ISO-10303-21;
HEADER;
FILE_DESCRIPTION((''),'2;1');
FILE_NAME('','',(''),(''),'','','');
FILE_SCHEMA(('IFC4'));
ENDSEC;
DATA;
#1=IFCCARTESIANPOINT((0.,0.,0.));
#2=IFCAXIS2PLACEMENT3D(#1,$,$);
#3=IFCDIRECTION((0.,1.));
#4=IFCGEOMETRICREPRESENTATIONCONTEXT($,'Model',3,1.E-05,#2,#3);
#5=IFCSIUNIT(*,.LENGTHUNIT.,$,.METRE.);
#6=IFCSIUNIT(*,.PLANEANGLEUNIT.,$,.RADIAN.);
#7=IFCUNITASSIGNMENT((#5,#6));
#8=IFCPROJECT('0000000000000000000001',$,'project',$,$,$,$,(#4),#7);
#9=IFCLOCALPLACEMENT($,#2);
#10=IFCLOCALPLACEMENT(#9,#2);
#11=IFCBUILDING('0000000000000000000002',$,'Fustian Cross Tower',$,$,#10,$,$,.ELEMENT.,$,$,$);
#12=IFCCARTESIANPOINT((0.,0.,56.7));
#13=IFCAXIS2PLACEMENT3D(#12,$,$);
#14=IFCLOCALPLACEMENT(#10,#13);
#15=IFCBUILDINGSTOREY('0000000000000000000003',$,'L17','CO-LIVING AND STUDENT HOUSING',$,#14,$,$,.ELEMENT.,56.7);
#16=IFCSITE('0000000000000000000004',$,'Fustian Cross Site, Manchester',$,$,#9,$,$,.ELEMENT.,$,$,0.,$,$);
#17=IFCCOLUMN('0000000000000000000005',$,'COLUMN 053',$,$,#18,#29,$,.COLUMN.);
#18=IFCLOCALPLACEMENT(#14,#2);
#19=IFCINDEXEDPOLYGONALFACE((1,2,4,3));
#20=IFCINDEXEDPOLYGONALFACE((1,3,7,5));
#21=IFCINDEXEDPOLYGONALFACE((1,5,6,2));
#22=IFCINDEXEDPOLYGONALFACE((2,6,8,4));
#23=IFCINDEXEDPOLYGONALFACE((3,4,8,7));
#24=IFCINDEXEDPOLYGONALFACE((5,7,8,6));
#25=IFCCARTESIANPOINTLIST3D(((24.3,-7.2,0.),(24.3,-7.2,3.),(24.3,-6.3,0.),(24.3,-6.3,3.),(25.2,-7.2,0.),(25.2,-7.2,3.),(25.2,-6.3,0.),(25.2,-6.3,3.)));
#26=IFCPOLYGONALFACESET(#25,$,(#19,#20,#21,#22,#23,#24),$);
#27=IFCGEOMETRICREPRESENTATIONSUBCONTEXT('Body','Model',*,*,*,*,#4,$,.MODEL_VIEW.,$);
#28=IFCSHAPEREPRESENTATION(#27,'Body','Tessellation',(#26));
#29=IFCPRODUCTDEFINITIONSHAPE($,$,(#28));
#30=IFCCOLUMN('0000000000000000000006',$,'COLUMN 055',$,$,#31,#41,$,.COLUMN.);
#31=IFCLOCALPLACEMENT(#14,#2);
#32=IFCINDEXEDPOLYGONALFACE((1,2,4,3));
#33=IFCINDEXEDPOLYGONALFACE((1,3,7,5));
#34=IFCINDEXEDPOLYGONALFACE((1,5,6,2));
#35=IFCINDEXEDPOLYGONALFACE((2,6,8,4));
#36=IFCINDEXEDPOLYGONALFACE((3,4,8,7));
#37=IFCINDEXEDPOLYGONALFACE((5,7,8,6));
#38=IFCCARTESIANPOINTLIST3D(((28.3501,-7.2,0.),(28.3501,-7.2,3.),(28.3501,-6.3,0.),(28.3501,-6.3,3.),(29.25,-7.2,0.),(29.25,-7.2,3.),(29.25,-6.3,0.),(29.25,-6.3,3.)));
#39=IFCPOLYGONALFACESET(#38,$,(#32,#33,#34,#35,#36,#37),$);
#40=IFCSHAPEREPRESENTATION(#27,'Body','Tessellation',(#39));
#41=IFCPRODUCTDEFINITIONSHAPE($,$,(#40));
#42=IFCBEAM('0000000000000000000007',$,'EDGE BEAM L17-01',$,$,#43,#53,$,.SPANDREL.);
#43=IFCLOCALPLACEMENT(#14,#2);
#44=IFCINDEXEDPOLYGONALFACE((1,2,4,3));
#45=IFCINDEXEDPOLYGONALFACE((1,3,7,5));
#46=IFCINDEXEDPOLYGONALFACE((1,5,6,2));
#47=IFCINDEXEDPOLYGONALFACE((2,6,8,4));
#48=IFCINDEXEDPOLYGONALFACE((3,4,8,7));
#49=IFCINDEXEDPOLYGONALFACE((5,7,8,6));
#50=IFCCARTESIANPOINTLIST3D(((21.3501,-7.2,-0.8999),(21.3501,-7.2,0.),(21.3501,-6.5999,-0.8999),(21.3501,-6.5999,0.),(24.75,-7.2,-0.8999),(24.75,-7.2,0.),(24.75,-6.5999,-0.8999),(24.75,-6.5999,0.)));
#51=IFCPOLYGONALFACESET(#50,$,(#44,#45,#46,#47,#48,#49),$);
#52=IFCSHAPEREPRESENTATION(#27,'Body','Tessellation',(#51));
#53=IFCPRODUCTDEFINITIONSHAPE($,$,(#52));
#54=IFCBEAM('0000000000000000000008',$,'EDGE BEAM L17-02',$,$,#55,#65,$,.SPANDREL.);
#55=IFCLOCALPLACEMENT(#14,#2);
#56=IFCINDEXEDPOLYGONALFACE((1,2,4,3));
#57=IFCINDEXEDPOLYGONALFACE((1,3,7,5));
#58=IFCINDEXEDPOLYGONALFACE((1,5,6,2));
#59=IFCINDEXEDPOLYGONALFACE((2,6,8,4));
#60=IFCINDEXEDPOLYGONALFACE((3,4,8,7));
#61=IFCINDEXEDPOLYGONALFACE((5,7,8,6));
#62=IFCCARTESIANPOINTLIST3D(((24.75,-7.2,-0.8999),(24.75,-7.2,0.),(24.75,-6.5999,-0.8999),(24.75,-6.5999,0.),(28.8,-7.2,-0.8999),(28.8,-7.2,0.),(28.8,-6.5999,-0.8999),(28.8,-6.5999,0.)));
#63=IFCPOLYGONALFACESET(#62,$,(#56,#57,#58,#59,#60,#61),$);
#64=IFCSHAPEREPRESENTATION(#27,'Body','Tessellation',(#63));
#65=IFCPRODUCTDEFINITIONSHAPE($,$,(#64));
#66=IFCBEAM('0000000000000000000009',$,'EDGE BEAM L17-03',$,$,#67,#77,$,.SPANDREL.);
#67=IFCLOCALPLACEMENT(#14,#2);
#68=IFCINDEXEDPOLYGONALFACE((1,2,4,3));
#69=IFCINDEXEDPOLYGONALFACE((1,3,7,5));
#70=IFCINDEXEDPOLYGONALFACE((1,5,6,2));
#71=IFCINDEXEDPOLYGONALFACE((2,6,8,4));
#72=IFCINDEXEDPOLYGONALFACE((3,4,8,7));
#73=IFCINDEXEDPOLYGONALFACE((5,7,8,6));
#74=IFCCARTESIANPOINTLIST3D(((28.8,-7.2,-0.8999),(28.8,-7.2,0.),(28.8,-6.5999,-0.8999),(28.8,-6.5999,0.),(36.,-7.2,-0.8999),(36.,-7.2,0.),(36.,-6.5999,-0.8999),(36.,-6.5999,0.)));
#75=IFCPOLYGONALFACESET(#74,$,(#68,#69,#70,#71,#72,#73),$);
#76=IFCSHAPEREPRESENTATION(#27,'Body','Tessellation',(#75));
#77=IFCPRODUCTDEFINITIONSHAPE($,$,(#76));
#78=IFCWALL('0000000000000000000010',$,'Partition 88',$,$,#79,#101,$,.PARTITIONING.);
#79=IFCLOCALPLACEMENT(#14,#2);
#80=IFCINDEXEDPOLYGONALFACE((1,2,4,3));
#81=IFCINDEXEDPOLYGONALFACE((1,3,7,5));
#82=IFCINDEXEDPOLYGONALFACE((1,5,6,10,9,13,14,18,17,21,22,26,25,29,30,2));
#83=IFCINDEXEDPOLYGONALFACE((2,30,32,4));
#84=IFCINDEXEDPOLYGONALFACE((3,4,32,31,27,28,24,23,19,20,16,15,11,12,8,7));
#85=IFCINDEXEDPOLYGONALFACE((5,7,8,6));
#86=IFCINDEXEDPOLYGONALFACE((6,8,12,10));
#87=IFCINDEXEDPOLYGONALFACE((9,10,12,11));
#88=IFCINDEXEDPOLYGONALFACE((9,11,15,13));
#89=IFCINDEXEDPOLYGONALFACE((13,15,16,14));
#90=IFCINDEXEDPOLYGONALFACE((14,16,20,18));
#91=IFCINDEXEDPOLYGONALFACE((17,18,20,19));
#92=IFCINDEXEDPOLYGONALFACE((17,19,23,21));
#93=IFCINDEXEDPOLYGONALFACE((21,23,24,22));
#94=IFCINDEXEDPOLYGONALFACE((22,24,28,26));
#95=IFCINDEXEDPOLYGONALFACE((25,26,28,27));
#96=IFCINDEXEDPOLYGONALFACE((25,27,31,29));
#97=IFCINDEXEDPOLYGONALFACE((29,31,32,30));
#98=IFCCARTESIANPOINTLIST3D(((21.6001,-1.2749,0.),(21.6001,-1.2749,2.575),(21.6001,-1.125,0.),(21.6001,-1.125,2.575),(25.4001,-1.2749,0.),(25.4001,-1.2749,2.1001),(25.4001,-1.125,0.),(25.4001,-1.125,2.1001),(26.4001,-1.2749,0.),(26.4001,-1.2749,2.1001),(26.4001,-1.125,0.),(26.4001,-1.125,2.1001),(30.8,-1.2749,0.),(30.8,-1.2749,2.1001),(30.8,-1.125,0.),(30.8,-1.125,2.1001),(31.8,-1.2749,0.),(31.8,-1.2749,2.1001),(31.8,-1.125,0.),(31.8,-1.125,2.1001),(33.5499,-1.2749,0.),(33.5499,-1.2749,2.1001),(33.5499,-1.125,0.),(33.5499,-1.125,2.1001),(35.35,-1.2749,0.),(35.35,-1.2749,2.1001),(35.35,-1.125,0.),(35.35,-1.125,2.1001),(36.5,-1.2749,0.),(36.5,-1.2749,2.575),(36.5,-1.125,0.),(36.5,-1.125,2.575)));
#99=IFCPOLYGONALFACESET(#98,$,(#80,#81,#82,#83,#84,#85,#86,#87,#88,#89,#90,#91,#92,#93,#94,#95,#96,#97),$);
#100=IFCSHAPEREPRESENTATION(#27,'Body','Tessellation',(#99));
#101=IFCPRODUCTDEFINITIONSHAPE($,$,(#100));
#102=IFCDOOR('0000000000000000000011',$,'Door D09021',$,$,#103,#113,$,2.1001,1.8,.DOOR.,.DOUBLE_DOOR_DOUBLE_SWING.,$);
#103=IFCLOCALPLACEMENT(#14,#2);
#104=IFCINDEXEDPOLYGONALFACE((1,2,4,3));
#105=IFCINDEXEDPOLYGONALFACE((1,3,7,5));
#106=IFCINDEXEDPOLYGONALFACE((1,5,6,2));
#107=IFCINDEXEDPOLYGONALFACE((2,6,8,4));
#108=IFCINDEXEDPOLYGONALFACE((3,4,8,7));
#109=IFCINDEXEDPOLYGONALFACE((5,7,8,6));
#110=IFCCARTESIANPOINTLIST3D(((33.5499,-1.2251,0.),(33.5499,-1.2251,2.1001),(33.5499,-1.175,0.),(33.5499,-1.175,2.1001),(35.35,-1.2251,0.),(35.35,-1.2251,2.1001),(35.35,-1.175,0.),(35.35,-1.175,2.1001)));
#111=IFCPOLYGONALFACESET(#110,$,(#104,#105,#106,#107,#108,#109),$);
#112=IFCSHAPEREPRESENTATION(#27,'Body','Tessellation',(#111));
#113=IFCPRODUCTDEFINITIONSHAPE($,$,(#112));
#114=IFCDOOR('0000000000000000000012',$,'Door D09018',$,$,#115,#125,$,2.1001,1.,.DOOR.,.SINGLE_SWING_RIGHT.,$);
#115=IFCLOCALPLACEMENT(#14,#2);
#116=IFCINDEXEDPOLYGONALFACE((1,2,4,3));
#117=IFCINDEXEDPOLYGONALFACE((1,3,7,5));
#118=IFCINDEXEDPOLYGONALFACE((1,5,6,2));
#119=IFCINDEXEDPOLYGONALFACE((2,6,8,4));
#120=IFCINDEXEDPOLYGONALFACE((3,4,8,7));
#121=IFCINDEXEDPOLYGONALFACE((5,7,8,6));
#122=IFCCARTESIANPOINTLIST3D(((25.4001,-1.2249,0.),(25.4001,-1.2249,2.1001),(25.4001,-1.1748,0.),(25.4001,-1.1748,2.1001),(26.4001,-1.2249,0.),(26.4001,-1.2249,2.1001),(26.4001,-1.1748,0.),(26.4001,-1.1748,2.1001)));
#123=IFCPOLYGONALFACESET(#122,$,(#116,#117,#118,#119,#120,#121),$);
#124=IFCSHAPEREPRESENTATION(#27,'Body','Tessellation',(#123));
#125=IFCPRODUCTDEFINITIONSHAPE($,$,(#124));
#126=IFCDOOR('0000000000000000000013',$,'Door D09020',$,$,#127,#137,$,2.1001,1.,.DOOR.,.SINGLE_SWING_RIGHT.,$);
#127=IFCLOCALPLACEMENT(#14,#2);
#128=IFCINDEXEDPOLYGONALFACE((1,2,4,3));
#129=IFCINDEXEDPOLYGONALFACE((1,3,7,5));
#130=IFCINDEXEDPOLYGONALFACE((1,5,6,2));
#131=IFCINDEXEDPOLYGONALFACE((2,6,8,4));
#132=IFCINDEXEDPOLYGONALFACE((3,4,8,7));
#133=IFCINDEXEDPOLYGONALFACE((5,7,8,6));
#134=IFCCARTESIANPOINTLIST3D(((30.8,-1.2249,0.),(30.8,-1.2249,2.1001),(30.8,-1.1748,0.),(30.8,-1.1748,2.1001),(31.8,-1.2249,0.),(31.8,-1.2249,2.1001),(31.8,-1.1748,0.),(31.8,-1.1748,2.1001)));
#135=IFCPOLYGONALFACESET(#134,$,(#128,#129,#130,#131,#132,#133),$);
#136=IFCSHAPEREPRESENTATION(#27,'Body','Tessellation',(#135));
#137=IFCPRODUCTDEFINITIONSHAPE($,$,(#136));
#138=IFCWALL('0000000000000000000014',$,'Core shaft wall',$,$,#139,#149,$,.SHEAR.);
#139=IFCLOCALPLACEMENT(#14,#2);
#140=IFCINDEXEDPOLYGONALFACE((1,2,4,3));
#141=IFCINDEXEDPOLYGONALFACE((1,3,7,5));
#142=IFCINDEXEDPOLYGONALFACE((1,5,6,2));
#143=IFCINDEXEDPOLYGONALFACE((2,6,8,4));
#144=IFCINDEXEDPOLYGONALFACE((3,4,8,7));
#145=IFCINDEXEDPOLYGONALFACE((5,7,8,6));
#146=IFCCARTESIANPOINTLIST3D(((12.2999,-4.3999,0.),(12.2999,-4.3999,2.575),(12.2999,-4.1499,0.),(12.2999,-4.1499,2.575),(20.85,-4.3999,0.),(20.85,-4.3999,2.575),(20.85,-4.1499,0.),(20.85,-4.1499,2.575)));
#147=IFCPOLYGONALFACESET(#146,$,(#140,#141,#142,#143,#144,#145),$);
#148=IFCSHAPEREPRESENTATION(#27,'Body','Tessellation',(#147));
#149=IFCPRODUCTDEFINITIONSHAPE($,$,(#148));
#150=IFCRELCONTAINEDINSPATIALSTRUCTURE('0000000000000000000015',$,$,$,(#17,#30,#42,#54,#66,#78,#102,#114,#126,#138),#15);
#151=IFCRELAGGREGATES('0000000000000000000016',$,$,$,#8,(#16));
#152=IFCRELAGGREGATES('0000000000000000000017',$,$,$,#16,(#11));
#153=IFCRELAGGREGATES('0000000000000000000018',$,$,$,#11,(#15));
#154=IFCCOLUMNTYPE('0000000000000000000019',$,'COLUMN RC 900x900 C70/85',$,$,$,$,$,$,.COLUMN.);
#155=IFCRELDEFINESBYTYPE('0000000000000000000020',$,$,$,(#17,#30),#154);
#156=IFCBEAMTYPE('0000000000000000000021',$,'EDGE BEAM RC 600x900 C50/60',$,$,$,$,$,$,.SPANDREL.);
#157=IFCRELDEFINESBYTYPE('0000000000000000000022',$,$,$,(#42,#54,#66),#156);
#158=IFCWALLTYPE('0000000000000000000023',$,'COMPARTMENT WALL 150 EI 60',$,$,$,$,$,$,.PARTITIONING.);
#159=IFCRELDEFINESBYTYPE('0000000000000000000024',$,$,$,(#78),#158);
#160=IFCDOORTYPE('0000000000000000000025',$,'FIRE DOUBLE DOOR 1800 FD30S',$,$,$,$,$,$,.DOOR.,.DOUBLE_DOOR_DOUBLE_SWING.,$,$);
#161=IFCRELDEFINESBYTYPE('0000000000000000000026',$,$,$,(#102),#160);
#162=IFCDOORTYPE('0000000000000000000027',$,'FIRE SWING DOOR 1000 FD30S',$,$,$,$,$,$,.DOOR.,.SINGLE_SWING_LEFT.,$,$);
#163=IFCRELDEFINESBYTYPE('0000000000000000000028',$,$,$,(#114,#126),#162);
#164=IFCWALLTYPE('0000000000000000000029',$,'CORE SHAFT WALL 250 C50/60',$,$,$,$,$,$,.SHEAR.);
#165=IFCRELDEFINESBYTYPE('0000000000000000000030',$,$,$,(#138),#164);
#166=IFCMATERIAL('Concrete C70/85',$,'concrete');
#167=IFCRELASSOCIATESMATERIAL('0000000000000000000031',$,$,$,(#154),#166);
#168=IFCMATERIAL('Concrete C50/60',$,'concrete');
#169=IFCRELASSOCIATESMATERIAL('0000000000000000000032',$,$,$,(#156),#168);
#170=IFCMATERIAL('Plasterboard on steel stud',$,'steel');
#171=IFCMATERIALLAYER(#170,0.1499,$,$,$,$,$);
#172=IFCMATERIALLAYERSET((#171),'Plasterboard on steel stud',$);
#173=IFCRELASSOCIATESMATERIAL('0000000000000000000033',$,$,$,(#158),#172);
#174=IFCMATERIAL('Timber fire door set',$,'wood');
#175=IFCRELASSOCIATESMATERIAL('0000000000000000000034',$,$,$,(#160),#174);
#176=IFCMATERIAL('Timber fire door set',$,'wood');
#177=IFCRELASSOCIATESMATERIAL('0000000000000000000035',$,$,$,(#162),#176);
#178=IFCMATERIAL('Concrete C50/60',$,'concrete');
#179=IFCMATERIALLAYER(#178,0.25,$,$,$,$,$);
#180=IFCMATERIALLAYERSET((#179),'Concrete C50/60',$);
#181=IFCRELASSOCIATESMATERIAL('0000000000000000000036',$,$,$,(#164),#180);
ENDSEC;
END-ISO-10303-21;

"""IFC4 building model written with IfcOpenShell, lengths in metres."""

from ifc_helpers import new_model, si_unit, direction, frame, frame_2d, origin, origin_2d, place, context, subcontext, project, spatial, rectangle, extrude, material, layer, layer_set, material_profile, profile_set, type_object, element, fill, save


model = new_model("IFC4")

# Units and contexts
model_context = context("Model", 3, precision=1e-05, world=origin(), true_north=direction((0.0, 1.0)))
body_context = subcontext(model_context, "Body", "Model", "MODEL_VIEW")
ifc_project = project(units=[si_unit("LENGTHUNIT", "METRE"), si_unit("PLANEANGLEUNIT", "RADIAN")], contexts=[model_context])

# Site, building, storey
site_placement = place(None, origin())
site = spatial("IfcSite", under=ifc_project, at=site_placement, Name="Fustian Cross Site, Manchester", CompositionType="ELEMENT", RefElevation=0.0)
building_placement = place(site_placement, origin())
building = spatial("IfcBuilding", under=site, at=building_placement, Name="Fustian Cross Tower", CompositionType="ELEMENT")
storey_placement = place(building_placement, frame((0.0, 0.0, 56.7)))
storey = spatial("IfcBuildingStorey", under=building, at=storey_placement, Name="L17", Description="CO-LIVING AND STUDENT HOUSING", CompositionType="ELEMENT", Elevation=56.7)

# Columns
ifc_material_1 = material(Name="Concrete C70/85", Category="concrete")
ifc_material_profile_1 = material_profile(ifc_material_1, rectangle(XDim=0.8999, YDim=0.8999, at=origin_2d()), Name="RC 900x900")
ifc_profile_set_1 = profile_set([ifc_material_profile_1], Name="Concrete C70/85")
column_type = type_object("IfcColumnType", Name="COLUMN RC 900x900 C70/85", PredefinedType="COLUMN", material=ifc_profile_set_1)
for number, where, z_axis, x_axis, name in (
    (1, (24.75, -6.75, 0.0), (0.0, 0.0, 1.0), (1.0, 0.0, 0.0), "COLUMN 053"),
    (2, (28.8, -6.75, 0.0), (0.0, 0.0, 1.0), (1.0, 0.0, 0.0), "COLUMN 055"),
):
    element("IfcColumn", number, at=place(storey_placement, frame(where, z_axis=z_axis, x_axis=x_axis)), inside=storey, type_object=column_type, Name=name, PredefinedType="COLUMN", context=body_context, shape_type="SweptSolid", body=[
        extrude(rectangle(XDim=0.8999, YDim=0.8999, at=origin_2d()), origin(), (0.0, 0.0, 1.0), 3.0),
    ])

# Beams
ifc_material_2 = material(Name="Concrete C50/60", Category="concrete")
ifc_material_profile_2 = material_profile(ifc_material_2, rectangle(XDim=0.6001, YDim=0.8999, at=origin_2d()), Name="RC 600x900")
ifc_profile_set_2 = profile_set([ifc_material_profile_2], Name="Concrete C50/60")
beam_type = type_object("IfcBeamType", Name="EDGE BEAM RC 600x900 C50/60", PredefinedType="SPANDREL", material=ifc_profile_set_2)
beam_1_placement = place(storey_placement, frame((21.3501, -6.8999, -0.45), z_axis=(1.0, 0.0, 0.0), x_axis=(0.0, 1.0, 0.0)))
element("IfcBeam", 3, at=beam_1_placement, inside=storey, type_object=beam_type, Name="EDGE BEAM L17-01", PredefinedType="SPANDREL", context=body_context, shape_type="SweptSolid", body=[
    extrude(rectangle(XDim=0.6001, YDim=0.8999, at=origin_2d()), origin(), (0.0, 0.0, 1.0), 3.3999),
])
beam_2_placement = place(storey_placement, frame((24.75, -6.8999, -0.45), z_axis=(1.0, 0.0, 0.0), x_axis=(0.0, 1.0, 0.0)))
element("IfcBeam", 4, at=beam_2_placement, inside=storey, type_object=beam_type, Name="EDGE BEAM L17-02", PredefinedType="SPANDREL", context=body_context, shape_type="SweptSolid", body=[
    extrude(rectangle(XDim=0.6001, YDim=0.8999, at=origin_2d()), origin(), (0.0, 0.0, 1.0), 4.05),
])
beam_3_placement = place(storey_placement, frame((28.8, -6.8999, -0.45), z_axis=(1.0, 0.0, 0.0), x_axis=(0.0, 1.0, 0.0)))
element("IfcBeam", 5, at=beam_3_placement, inside=storey, type_object=beam_type, Name="EDGE BEAM L17-03", PredefinedType="SPANDREL", context=body_context, shape_type="SweptSolid", body=[
    extrude(rectangle(XDim=0.6001, YDim=0.8999, at=origin_2d()), origin(), (0.0, 0.0, 1.0), 7.2),
])

# Wall, openings, doors
ifc_material_3 = material(Name="Plasterboard on steel stud", Category="steel")
ifc_layer_1 = layer(ifc_material_3, 0.1499)
ifc_layer_set_1 = layer_set([ifc_layer_1], Name="Plasterboard on steel stud")
wall_type_1 = type_object("IfcWallType", Name="COMPARTMENT WALL 150 EI 60", PredefinedType="PARTITIONING", material=ifc_layer_set_1)
wall_1_placement = place(storey_placement, frame((21.6001, -1.2, 0.0), z_axis=(0.0, 0.0, 1.0), x_axis=(1.0, 0.0, 0.0)))
wall_1 = element("IfcWall", 6, at=wall_1_placement, inside=storey, type_object=wall_type_1, Name="Partition 88", PredefinedType="PARTITIONING", context=body_context, shape_type="SweptSolid", body=[
    extrude(rectangle(XDim=14.8999, YDim=0.1499, at=frame_2d((7.45, 0.0))), origin(), (0.0, 0.0, 1.0), 2.575),
])
opening_1_placement = place(wall_1_placement, frame((3.8, 0.0, 0.0)))
opening_1 = element("IfcOpeningElement", 7, at=opening_1_placement, cuts=wall_1, PredefinedType="OPENING", context=body_context, shape_type="SweptSolid", body=[
    extrude(rectangle(XDim=1.0, YDim=2.1001, at=frame_2d((0.5, 1.05))), frame((0.0, 0.085, 0.0), z_axis=(0.0, -1.0, 0.0), x_axis=(1.0, 0.0, 0.0)), (0.0, 0.0, 1.0), 0.1699),
])
opening_2_placement = place(wall_1_placement, frame((9.2, 0.0, 0.0)))
opening_2 = element("IfcOpeningElement", 8, at=opening_2_placement, cuts=wall_1, PredefinedType="OPENING", context=body_context, shape_type="SweptSolid", body=[
    extrude(rectangle(XDim=1.0, YDim=2.1001, at=frame_2d((0.5, 1.05))), frame((0.0, 0.085, 0.0), z_axis=(0.0, -1.0, 0.0), x_axis=(1.0, 0.0, 0.0)), (0.0, 0.0, 1.0), 0.1699),
])
opening_3_placement = place(wall_1_placement, frame((11.95, 0.0, 0.0)))
opening_3 = element("IfcOpeningElement", 9, at=opening_3_placement, cuts=wall_1, PredefinedType="OPENING", context=body_context, shape_type="SweptSolid", body=[
    extrude(rectangle(XDim=1.8, YDim=2.1001, at=frame_2d((0.8999, 1.05))), frame((0.0, 0.085, 0.0), z_axis=(0.0, -1.0, 0.0), x_axis=(1.0, 0.0, 0.0)), (0.0, 0.0, 1.0), 0.1699),
])
ifc_material_4 = material(Name="Timber fire door set", Category="wood")
door_type_1 = type_object("IfcDoorType", Name="FIRE DOUBLE DOOR 1800 FD30S", OperationType="DOUBLE_DOOR_DOUBLE_SWING", PredefinedType="DOOR", material=ifc_material_4)
door_1_placement = place(opening_3_placement, origin())
door_1 = element("IfcDoor", 10, at=door_1_placement, inside=storey, type_object=door_type_1, Name="Door D09021", OperationType="DOUBLE_DOOR_DOUBLE_SWING", OverallHeight=2.1001, OverallWidth=1.8, PredefinedType="DOOR", context=body_context, shape_type="SweptSolid", body=[
    extrude(rectangle(XDim=1.8, YDim=2.1001, at=frame_2d((0.8999, 1.05))), frame((0.0, 0.0249, 0.0), z_axis=(0.0, -1.0, 0.0), x_axis=(1.0, 0.0, 0.0)), (0.0, 0.0, 1.0), 0.05),
])
fill(opening_3, door_1)
ifc_material_5 = material(Name="Timber fire door set", Category="wood")
door_type_2 = type_object("IfcDoorType", Name="FIRE SWING DOOR 1000 FD30S", OperationType="SINGLE_SWING_LEFT", PredefinedType="DOOR", material=ifc_material_5)
door_2_placement = place(opening_1_placement, frame((1.0, 0.0, 0.0), z_axis=(0.0, 0.0, 1.0), x_axis=(-1.0, 0.0, 0.0)))
door_2 = element("IfcDoor", 11, at=door_2_placement, inside=storey, type_object=door_type_2, Name="Door D09018", OperationType="SINGLE_SWING_RIGHT", OverallHeight=2.1001, OverallWidth=1.0, PredefinedType="DOOR", context=body_context, shape_type="SweptSolid", body=[
    extrude(rectangle(XDim=1.0, YDim=2.1001, at=frame_2d((0.5, 1.05))), frame((0.0, 0.0249, 0.0), z_axis=(0.0, -1.0, 0.0), x_axis=(1.0, 0.0, 0.0)), (0.0, 0.0, 1.0), 0.05),
])
fill(opening_1, door_2)
door_3_placement = place(opening_2_placement, frame((1.0, 0.0, 0.0), z_axis=(0.0, 0.0, 1.0), x_axis=(-1.0, 0.0, 0.0)))
door_3 = element("IfcDoor", 12, at=door_3_placement, inside=storey, type_object=door_type_2, Name="Door D09020", OperationType="SINGLE_SWING_RIGHT", OverallHeight=2.1001, OverallWidth=1.0, PredefinedType="DOOR", context=body_context, shape_type="SweptSolid", body=[
    extrude(rectangle(XDim=1.0, YDim=2.1001, at=frame_2d((0.5, 1.05))), frame((0.0, 0.0249, 0.0), z_axis=(0.0, -1.0, 0.0), x_axis=(1.0, 0.0, 0.0)), (0.0, 0.0, 1.0), 0.05),
])
fill(opening_2, door_3)

# Wall
ifc_material_6 = material(Name="Concrete C50/60", Category="concrete")
ifc_layer_2 = layer(ifc_material_6, 0.25)
ifc_layer_set_2 = layer_set([ifc_layer_2], Name="Concrete C50/60")
wall_type_2 = type_object("IfcWallType", Name="CORE SHAFT WALL 250 C50/60", PredefinedType="SHEAR", material=ifc_layer_set_2)
wall_2_placement = place(storey_placement, frame((12.3, -4.2749, 0.0), z_axis=(0.0, 0.0, 1.0), x_axis=(1.0, 0.0, 0.0)))
element("IfcWall", 13, at=wall_2_placement, inside=storey, type_object=wall_type_2, Name="Core shaft wall", PredefinedType="SHEAR", context=body_context, shape_type="SweptSolid", body=[
    extrude(rectangle(XDim=8.55, YDim=0.25, at=frame_2d((4.2749, 0.0))), origin(), (0.0, 0.0, 1.0), 2.575),
])

save(model, "model.ifc")
